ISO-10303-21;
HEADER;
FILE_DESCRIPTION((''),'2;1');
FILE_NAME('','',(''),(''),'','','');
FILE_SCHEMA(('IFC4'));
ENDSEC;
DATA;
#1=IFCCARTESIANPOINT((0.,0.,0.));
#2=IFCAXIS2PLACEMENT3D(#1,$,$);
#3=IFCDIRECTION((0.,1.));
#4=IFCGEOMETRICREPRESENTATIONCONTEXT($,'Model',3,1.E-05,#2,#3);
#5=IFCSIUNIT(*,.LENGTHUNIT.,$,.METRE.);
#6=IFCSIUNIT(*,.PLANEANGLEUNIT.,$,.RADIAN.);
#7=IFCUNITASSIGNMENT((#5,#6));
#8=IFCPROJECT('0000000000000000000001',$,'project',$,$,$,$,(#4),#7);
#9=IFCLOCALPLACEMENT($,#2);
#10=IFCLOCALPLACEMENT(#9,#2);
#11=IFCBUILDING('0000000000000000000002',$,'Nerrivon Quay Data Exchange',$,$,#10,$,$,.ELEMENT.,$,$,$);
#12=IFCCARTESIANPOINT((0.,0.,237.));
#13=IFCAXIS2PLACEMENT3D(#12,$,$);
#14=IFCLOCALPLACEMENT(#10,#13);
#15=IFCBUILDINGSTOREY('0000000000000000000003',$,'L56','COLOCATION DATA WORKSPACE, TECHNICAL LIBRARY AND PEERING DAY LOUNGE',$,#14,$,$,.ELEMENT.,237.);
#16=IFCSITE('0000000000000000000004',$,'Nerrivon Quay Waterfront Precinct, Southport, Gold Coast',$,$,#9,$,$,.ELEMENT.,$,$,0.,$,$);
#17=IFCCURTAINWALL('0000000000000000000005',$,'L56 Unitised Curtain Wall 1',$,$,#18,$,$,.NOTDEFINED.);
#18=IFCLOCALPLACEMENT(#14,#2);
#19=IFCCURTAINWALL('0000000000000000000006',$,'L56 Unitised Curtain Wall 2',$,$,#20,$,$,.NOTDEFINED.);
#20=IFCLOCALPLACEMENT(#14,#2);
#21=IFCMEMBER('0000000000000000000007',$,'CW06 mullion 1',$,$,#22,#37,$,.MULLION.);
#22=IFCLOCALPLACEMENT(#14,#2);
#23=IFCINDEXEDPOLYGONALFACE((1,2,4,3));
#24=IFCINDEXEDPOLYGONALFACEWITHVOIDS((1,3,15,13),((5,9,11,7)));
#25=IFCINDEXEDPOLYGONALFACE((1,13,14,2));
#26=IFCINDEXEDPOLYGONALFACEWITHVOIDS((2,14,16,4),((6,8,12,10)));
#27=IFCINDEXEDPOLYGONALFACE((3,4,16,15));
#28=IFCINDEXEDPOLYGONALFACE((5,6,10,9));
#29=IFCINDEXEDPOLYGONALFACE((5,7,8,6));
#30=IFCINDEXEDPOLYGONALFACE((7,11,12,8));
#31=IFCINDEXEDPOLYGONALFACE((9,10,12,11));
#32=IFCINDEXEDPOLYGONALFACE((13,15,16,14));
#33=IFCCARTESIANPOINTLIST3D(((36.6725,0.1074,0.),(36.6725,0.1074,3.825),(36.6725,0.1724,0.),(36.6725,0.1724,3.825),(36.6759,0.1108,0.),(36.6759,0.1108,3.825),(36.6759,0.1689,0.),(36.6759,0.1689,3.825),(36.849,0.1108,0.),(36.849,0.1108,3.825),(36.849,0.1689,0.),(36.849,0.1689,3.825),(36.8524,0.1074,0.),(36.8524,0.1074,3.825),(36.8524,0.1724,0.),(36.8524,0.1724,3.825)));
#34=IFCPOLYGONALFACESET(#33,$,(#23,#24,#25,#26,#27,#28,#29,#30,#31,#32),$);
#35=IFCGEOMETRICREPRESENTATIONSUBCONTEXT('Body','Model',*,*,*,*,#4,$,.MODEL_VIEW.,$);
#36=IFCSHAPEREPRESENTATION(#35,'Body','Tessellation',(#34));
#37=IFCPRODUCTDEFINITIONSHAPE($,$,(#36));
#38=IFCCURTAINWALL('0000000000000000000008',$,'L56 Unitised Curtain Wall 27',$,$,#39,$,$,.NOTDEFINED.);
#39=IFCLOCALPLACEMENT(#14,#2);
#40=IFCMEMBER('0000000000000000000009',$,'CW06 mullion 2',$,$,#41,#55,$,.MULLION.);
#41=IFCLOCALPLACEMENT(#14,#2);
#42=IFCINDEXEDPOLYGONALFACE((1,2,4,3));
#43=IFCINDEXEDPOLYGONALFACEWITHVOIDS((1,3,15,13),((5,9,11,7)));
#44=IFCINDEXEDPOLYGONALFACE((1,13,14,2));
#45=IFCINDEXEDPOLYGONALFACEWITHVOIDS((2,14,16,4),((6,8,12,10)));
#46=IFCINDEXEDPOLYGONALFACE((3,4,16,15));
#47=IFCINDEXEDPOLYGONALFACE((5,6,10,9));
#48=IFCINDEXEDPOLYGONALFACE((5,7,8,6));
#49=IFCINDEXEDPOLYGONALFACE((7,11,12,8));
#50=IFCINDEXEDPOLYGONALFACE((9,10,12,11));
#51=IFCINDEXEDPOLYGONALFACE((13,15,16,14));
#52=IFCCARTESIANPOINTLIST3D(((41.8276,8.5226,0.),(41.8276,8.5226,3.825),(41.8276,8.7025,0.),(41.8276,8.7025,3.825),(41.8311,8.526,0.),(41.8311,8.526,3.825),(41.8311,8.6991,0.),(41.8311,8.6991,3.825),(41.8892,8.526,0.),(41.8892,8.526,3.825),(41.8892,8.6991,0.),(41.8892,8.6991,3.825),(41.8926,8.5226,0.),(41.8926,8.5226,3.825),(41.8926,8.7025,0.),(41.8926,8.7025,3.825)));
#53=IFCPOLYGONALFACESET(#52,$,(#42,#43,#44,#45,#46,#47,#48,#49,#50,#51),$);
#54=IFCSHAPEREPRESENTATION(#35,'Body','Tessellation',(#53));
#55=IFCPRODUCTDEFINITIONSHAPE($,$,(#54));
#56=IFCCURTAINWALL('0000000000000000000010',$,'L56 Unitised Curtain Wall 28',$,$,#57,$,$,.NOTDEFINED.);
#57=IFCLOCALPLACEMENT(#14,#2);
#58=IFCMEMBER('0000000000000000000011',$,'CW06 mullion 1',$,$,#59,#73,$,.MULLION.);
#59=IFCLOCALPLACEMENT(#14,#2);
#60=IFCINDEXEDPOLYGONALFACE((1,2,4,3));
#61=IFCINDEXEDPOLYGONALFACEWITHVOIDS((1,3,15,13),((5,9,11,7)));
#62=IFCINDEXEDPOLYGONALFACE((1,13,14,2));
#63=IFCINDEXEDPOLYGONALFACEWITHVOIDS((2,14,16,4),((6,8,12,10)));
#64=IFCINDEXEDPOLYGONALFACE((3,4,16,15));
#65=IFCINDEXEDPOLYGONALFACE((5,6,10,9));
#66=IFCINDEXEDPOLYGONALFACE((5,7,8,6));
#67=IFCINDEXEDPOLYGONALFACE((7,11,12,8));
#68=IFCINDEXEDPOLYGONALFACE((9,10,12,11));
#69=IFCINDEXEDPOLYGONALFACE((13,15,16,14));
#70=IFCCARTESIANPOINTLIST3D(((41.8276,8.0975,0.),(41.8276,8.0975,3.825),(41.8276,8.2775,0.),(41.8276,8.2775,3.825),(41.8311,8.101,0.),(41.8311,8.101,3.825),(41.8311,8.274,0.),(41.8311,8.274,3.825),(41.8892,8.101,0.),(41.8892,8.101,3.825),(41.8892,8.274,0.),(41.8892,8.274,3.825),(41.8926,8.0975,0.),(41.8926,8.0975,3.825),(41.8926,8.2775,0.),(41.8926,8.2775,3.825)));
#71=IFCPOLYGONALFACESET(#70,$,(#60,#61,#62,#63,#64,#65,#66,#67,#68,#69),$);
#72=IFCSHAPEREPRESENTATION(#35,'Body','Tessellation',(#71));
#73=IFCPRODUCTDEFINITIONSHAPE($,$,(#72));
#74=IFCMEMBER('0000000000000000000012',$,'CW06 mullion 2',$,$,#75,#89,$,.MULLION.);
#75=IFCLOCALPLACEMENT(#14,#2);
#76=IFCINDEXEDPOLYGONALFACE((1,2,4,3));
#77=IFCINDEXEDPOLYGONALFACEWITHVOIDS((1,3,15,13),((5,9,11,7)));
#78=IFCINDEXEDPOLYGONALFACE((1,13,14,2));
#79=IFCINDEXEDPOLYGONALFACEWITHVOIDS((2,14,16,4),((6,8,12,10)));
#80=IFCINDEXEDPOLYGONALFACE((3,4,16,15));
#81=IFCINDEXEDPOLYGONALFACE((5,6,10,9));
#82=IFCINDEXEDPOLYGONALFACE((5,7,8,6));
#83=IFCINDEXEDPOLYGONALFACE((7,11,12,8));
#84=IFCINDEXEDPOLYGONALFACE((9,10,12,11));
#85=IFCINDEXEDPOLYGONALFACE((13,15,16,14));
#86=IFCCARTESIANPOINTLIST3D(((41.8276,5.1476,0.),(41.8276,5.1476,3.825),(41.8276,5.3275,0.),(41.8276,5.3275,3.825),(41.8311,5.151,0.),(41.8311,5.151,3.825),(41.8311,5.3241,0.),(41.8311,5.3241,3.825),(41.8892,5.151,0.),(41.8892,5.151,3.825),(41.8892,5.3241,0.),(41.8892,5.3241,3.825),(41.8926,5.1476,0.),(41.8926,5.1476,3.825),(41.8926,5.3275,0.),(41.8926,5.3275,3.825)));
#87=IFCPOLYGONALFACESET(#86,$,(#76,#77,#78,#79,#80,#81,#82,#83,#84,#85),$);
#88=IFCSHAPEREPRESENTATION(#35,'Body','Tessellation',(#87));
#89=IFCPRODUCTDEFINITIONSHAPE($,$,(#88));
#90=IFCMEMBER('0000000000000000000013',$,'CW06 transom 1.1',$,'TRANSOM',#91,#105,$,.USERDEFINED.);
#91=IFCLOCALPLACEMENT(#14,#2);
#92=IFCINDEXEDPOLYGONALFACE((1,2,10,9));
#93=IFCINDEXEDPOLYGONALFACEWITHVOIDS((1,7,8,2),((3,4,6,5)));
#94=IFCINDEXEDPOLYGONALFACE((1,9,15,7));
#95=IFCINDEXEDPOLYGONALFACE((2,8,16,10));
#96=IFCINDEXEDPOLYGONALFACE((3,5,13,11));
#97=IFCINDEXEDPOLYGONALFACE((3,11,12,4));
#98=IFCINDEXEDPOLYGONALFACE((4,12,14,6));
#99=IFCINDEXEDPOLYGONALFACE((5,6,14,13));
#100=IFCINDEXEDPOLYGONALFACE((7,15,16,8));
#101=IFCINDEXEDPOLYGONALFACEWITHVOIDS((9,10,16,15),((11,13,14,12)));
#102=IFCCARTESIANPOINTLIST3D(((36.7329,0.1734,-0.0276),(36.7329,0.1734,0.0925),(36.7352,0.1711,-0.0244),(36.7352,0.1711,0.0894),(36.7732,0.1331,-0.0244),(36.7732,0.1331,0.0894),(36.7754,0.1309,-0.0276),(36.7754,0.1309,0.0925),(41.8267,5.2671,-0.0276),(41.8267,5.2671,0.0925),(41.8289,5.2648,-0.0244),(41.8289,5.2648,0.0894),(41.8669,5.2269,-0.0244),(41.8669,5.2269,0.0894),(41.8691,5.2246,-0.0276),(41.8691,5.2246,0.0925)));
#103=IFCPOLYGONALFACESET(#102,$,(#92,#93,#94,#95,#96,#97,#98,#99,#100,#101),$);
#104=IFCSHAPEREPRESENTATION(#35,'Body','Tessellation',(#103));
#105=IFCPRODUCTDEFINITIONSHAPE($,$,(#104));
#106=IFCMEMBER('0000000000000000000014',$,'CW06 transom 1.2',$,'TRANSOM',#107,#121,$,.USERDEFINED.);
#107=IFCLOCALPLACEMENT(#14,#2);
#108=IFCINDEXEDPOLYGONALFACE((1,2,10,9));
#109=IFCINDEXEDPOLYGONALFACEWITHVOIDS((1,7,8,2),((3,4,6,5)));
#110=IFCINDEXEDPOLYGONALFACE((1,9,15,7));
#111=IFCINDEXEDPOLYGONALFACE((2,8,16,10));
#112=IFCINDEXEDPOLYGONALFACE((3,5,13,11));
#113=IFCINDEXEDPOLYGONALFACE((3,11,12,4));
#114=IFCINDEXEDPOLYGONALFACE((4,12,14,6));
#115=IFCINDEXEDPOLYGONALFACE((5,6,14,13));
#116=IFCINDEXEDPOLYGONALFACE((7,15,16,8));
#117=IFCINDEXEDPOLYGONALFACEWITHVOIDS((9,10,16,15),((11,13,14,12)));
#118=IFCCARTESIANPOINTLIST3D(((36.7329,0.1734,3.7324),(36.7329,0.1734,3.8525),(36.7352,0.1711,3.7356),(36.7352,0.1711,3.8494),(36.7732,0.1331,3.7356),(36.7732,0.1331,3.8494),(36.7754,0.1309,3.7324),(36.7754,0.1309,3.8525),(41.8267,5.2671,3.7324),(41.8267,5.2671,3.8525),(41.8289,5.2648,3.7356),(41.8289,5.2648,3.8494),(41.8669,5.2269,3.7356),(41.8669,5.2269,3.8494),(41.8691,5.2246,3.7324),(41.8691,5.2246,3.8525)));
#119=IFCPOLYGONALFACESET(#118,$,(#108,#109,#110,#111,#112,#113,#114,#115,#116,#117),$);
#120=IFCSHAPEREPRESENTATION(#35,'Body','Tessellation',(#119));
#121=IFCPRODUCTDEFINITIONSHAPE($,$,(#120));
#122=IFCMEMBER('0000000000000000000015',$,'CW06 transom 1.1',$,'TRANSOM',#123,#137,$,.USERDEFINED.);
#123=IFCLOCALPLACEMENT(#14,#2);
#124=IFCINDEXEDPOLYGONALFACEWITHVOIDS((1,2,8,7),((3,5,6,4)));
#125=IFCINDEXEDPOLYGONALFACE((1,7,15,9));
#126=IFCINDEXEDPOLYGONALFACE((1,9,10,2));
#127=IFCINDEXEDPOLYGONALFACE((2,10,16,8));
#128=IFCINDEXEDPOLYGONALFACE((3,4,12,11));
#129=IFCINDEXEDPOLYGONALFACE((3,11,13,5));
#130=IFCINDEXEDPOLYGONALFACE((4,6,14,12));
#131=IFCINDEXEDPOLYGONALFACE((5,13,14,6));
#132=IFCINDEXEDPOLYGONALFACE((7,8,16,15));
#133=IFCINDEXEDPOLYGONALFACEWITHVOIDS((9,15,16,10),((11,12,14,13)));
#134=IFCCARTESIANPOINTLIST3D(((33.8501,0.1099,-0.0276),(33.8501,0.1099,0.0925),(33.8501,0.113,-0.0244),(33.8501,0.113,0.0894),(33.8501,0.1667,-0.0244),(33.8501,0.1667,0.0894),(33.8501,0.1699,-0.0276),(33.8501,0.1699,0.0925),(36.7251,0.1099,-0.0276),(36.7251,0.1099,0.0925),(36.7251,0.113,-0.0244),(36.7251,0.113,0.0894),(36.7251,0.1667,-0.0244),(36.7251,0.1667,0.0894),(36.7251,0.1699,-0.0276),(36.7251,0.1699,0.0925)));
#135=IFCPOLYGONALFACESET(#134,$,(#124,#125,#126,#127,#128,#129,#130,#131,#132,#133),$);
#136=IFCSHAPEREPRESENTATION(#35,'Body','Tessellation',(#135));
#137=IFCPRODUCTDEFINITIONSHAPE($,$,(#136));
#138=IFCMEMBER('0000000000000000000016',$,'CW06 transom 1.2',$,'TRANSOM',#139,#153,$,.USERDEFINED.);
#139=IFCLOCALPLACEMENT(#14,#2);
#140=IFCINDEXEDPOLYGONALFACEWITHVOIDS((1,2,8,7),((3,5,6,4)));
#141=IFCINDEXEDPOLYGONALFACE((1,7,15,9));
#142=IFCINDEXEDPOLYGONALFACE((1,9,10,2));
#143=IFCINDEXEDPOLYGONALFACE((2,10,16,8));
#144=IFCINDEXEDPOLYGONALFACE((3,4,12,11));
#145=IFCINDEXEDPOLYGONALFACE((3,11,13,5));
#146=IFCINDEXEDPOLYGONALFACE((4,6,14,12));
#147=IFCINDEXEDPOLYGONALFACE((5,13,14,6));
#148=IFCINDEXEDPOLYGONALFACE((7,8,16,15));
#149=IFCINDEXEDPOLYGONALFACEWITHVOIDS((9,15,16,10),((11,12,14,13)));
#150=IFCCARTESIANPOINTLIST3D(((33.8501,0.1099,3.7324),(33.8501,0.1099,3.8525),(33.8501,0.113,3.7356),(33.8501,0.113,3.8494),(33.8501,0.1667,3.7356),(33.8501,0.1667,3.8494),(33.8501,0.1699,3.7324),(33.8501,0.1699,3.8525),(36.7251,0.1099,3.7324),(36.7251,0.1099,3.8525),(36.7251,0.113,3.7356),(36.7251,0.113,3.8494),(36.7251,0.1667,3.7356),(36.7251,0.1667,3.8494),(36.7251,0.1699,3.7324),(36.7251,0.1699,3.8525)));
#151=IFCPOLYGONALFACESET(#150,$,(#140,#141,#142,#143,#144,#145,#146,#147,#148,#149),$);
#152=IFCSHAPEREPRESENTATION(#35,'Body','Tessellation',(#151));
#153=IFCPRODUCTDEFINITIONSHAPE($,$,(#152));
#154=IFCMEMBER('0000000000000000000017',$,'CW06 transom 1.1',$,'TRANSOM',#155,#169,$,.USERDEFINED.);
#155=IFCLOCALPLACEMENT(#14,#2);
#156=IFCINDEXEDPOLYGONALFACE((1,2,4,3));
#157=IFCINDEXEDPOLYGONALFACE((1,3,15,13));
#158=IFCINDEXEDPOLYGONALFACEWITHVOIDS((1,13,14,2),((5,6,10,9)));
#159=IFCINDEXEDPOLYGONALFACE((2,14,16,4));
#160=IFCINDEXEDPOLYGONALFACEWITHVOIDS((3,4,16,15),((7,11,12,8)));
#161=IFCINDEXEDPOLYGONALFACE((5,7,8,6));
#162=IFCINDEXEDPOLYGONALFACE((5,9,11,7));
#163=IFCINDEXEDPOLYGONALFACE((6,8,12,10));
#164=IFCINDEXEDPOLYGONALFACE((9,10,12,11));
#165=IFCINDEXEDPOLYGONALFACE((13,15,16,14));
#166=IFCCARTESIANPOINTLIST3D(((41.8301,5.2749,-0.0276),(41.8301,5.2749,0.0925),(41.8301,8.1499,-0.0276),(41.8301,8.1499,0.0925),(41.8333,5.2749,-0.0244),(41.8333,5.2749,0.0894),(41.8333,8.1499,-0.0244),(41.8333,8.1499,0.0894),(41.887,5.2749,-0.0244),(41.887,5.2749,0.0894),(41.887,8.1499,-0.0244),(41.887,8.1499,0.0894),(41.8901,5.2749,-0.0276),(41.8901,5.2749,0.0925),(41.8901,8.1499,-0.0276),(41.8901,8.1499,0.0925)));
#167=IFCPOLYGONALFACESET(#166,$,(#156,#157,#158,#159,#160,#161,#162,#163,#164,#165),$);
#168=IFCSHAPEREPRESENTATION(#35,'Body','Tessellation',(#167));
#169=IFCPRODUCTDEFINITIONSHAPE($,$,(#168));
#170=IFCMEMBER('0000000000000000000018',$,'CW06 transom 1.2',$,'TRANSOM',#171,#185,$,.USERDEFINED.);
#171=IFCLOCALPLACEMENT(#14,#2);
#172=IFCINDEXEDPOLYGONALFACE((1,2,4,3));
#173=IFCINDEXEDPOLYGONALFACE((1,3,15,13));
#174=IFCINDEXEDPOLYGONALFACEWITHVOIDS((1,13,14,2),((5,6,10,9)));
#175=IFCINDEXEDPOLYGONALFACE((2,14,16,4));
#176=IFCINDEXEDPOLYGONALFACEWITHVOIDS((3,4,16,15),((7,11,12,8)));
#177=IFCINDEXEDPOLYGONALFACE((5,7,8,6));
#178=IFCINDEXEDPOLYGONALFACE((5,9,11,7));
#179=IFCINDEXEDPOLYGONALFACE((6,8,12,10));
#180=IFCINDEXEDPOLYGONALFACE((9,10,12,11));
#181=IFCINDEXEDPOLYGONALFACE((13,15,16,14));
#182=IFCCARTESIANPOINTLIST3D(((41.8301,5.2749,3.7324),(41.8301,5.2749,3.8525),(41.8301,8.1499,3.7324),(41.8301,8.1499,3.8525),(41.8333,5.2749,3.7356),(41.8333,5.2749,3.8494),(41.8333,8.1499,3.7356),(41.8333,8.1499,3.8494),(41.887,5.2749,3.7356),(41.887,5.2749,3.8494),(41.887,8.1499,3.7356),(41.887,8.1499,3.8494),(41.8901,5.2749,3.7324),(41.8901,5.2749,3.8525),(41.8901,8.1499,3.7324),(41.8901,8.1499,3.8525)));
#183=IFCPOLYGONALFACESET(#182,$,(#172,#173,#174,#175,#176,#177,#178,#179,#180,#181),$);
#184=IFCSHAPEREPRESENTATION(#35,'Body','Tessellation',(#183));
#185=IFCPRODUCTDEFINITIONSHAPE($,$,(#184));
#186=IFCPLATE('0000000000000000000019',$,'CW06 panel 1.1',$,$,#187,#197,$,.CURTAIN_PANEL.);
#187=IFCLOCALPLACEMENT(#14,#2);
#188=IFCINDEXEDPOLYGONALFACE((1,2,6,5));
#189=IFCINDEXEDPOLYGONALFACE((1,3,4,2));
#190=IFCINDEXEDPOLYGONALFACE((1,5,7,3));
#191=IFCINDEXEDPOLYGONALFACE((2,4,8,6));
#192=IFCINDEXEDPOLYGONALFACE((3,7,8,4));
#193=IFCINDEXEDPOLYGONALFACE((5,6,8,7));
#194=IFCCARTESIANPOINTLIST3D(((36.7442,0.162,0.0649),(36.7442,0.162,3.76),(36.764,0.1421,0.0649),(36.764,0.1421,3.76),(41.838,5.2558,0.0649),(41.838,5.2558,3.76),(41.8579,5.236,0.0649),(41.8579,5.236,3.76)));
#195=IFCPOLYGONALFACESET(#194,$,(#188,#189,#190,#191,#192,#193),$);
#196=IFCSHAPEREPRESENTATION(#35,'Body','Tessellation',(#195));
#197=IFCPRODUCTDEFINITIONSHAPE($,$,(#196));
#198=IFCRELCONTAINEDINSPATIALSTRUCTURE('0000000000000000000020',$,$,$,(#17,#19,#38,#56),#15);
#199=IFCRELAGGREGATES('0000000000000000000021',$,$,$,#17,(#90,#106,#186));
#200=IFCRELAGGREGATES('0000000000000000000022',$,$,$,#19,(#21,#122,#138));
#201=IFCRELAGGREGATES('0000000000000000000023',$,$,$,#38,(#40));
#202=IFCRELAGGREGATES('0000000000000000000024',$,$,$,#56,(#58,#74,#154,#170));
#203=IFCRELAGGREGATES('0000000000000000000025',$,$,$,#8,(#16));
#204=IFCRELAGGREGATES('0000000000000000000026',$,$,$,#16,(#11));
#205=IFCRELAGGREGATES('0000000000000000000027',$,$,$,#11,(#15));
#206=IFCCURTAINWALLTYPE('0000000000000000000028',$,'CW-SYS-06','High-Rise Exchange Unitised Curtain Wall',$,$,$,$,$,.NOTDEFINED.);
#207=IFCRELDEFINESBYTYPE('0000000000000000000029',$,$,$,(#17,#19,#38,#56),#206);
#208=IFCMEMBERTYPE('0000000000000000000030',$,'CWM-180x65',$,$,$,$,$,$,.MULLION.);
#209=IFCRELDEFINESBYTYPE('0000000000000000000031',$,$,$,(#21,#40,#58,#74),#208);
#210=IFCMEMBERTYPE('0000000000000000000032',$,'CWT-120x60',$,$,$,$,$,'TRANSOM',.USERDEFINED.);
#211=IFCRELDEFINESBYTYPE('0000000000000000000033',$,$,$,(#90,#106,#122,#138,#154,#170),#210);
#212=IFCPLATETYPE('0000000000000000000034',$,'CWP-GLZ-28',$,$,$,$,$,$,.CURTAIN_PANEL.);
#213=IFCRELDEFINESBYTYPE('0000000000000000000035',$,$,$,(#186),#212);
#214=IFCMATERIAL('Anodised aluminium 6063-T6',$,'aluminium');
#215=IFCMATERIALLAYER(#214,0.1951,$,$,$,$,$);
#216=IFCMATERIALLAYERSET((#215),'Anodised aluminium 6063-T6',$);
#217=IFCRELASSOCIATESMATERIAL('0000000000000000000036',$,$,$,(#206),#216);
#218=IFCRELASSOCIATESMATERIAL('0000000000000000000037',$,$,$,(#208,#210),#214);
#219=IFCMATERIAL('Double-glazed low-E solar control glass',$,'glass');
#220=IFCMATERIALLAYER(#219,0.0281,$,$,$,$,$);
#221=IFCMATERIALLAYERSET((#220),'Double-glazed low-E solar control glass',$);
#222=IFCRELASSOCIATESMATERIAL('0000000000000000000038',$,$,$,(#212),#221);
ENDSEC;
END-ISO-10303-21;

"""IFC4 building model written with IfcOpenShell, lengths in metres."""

from ifc_helpers import new_model, si_unit, direction, frame, origin, origin_2d, place, context, subcontext, project, spatial, rectangle, hollow_rectangle, extrude, material, layer, layer_set, material_profile, profile_set, type_object, element, aggregate, save


model = new_model("IFC4")

# Units and contexts
model_context = context("Model", 3, precision=1e-05, world=origin(), true_north=direction((0.0, 1.0)))
body_context = subcontext(model_context, "Body", "Model", "MODEL_VIEW")
ifc_project = project(units=[si_unit("LENGTHUNIT", "METRE"), si_unit("PLANEANGLEUNIT", "RADIAN")], contexts=[model_context])

# Site, building, storey
site_placement = place(None, origin())
site = spatial("IfcSite", under=ifc_project, at=site_placement, Name="Nerrivon Quay Waterfront Precinct, Southport, Gold Coast", CompositionType="ELEMENT", RefElevation=0.0)
building_placement = place(site_placement, origin())
building = spatial("IfcBuilding", under=site, at=building_placement, Name="Nerrivon Quay Data Exchange", CompositionType="ELEMENT")
storey_placement = place(building_placement, frame((0.0, 0.0, 237.0)))
storey = spatial("IfcBuildingStorey", under=building, at=storey_placement, Name="L56", Description="COLOCATION DATA WORKSPACE, TECHNICAL LIBRARY AND PEERING DAY LOUNGE", CompositionType="ELEMENT", Elevation=237.0)

# Curtain wall
ifc_material_1 = material(Name="Anodised aluminium 6063-T6", Category="aluminium")
ifc_layer_1 = layer(ifc_material_1, 0.1951)
ifc_layer_set_1 = layer_set([ifc_layer_1], Name="Anodised aluminium 6063-T6")
curtain_wall_type = type_object("IfcCurtainWallType", Name="CW-SYS-06", Description="High-Rise Exchange Unitised Curtain Wall", PredefinedType="NOTDEFINED", material=ifc_layer_set_1)
curtain_wall_1_placement = place(storey_placement, origin())
curtain_wall_1 = element("IfcCurtainWall", 1, at=curtain_wall_1_placement, inside=storey, type_object=curtain_wall_type, Name="L56 Unitised Curtain Wall 1", PredefinedType="NOTDEFINED")
ifc_material_profile_1 = material_profile(ifc_material_1, hollow_rectangle(XDim=0.0649, YDim=0.1799, WallThickness=0.0034, at=origin_2d()), Name="ALU-MULL-180x65")
ifc_profile_set_1 = profile_set([ifc_material_profile_1], Name="Anodised aluminium 6063-T6")
member_type_1 = type_object("IfcMemberType", Name="CWM-180x65", PredefinedType="MULLION", material=ifc_profile_set_1)

# Curtain walls, members
curtain_wall_2_placement = place(storey_placement, origin())
curtain_wall_2 = element("IfcCurtainWall", 2, at=curtain_wall_2_placement, inside=storey, type_object=curtain_wall_type, Name="L56 Unitised Curtain Wall 2", PredefinedType="NOTDEFINED")
member_1_placement = place(storey_placement, frame((36.7625, 0.1399, 0.0), z_axis=(0.0, 0.0, 1.0), x_axis=(0.0, -1.0, 0.0)))
member_1 = element("IfcMember", 3, at=member_1_placement, type_object=member_type_1, Name="CW06 mullion 1", PredefinedType="MULLION", context=body_context, shape_type="SweptSolid", body=[
    extrude(hollow_rectangle(XDim=0.0649, YDim=0.1799, WallThickness=0.0034, at=origin_2d()), origin(), (0.0, 0.0, 1.0), 3.825),
])
curtain_wall_3_placement = place(storey_placement, origin())
curtain_wall_3 = element("IfcCurtainWall", 4, at=curtain_wall_3_placement, inside=storey, type_object=curtain_wall_type, Name="L56 Unitised Curtain Wall 27", PredefinedType="NOTDEFINED")
member_2_placement = place(storey_placement, frame((41.8601, 8.6125, 0.0), z_axis=(0.0, 0.0, 1.0), x_axis=(1.0, 0.0, 0.0)))
member_2 = element("IfcMember", 5, at=member_2_placement, type_object=member_type_1, Name="CW06 mullion 2", PredefinedType="MULLION", context=body_context, shape_type="SweptSolid", body=[
    extrude(hollow_rectangle(XDim=0.0649, YDim=0.1799, WallThickness=0.0034, at=origin_2d()), origin(), (0.0, 0.0, 1.0), 3.825),
])

# Curtain wall, members
curtain_wall_4_placement = place(storey_placement, origin())
curtain_wall_4 = element("IfcCurtainWall", 6, at=curtain_wall_4_placement, inside=storey, type_object=curtain_wall_type, Name="L56 Unitised Curtain Wall 28", PredefinedType="NOTDEFINED")
member_3_placement = place(storey_placement, frame((41.8601, 8.1875, 0.0), z_axis=(0.0, 0.0, 1.0), x_axis=(1.0, 0.0, 0.0)))
member_3 = element("IfcMember", 7, at=member_3_placement, type_object=member_type_1, Name="CW06 mullion 1", PredefinedType="MULLION", context=body_context, shape_type="SweptSolid", body=[
    extrude(hollow_rectangle(XDim=0.0649, YDim=0.1799, WallThickness=0.0034, at=origin_2d()), origin(), (0.0, 0.0, 1.0), 3.825),
])
member_4_placement = place(storey_placement, frame((41.8601, 5.2375, 0.0), z_axis=(0.0, 0.0, 1.0), x_axis=(1.0, 0.0, 0.0)))
member_4 = element("IfcMember", 8, at=member_4_placement, type_object=member_type_1, Name="CW06 mullion 2", PredefinedType="MULLION", context=body_context, shape_type="SweptSolid", body=[
    extrude(hollow_rectangle(XDim=0.0649, YDim=0.1799, WallThickness=0.0034, at=origin_2d()), origin(), (0.0, 0.0, 1.0), 3.825),
])

# Members
ifc_material_profile_2 = material_profile(ifc_material_1, hollow_rectangle(XDim=0.0601, YDim=0.1201, WallThickness=0.0032, at=origin_2d()), Name="ALU-TRAN-120x60")
ifc_profile_set_2 = profile_set([ifc_material_profile_2], Name="Anodised aluminium 6063-T6")
member_type_2 = type_object("IfcMemberType", Name="CWT-120x60", ElementType="TRANSOM", PredefinedType="USERDEFINED", material=ifc_profile_set_2)
member_5_placement = place(storey_placement, frame((41.8479, 5.2458, 0.0325), z_axis=(-0.707107, -0.707107, 0.0), x_axis=(0.707107, -0.707107, 0.0)))
member_5 = element("IfcMember", 9, at=member_5_placement, type_object=member_type_2, Name="CW06 transom 1.1", ObjectType="TRANSOM", PredefinedType="USERDEFINED", context=body_context, shape_type="SweptSolid", body=[
    extrude(hollow_rectangle(XDim=0.0601, YDim=0.1201, WallThickness=0.0032, at=origin_2d()), origin(), (0.0, 0.0, 1.0), 7.2036),
])
member_6_placement = place(storey_placement, frame((41.8479, 5.2458, 3.7925), z_axis=(-0.707107, -0.707107, 0.0), x_axis=(0.707107, -0.707107, 0.0)))
member_6 = element("IfcMember", 10, at=member_6_placement, type_object=member_type_2, Name="CW06 transom 1.2", ObjectType="TRANSOM", PredefinedType="USERDEFINED", context=body_context, shape_type="SweptSolid", body=[
    extrude(hollow_rectangle(XDim=0.0601, YDim=0.1201, WallThickness=0.0032, at=origin_2d()), origin(), (0.0, 0.0, 1.0), 7.2036),
])
member_7_placement = place(storey_placement, frame((36.7251, 0.1399, 0.0325), z_axis=(-1.0, 0.0, 0.0), x_axis=(0.0, -1.0, 0.0)))
member_7 = element("IfcMember", 11, at=member_7_placement, type_object=member_type_2, Name="CW06 transom 1.1", ObjectType="TRANSOM", PredefinedType="USERDEFINED", context=body_context, shape_type="SweptSolid", body=[
    extrude(hollow_rectangle(XDim=0.0601, YDim=0.1201, WallThickness=0.0032, at=origin_2d()), origin(), (0.0, 0.0, 1.0), 2.875),
])
member_8_placement = place(storey_placement, frame((36.7251, 0.1399, 3.7925), z_axis=(-1.0, 0.0, 0.0), x_axis=(0.0, -1.0, 0.0)))
member_8 = element("IfcMember", 12, at=member_8_placement, type_object=member_type_2, Name="CW06 transom 1.2", ObjectType="TRANSOM", PredefinedType="USERDEFINED", context=body_context, shape_type="SweptSolid", body=[
    extrude(hollow_rectangle(XDim=0.0601, YDim=0.1201, WallThickness=0.0032, at=origin_2d()), origin(), (0.0, 0.0, 1.0), 2.875),
])
member_9_placement = place(storey_placement, frame((41.8601, 8.1499, 0.0325), z_axis=(0.0, -1.0, 0.0), x_axis=(1.0, 0.0, 0.0)))
member_9 = element("IfcMember", 13, at=member_9_placement, type_object=member_type_2, Name="CW06 transom 1.1", ObjectType="TRANSOM", PredefinedType="USERDEFINED", context=body_context, shape_type="SweptSolid", body=[
    extrude(hollow_rectangle(XDim=0.0601, YDim=0.1201, WallThickness=0.0032, at=origin_2d()), origin(), (0.0, 0.0, 1.0), 2.875),
])
member_10_placement = place(storey_placement, frame((41.8601, 8.1499, 3.7925), z_axis=(0.0, -1.0, 0.0), x_axis=(1.0, 0.0, 0.0)))
member_10 = element("IfcMember", 14, at=member_10_placement, type_object=member_type_2, Name="CW06 transom 1.2", ObjectType="TRANSOM", PredefinedType="USERDEFINED", context=body_context, shape_type="SweptSolid", body=[
    extrude(hollow_rectangle(XDim=0.0601, YDim=0.1201, WallThickness=0.0032, at=origin_2d()), origin(), (0.0, 0.0, 1.0), 2.875),
])

# Plate
ifc_material_2 = material(Name="Double-glazed low-E solar control glass", Category="glass")
ifc_layer_2 = layer(ifc_material_2, 0.0281)
ifc_layer_set_2 = layer_set([ifc_layer_2], Name="Double-glazed low-E solar control glass")
plate_type = type_object("IfcPlateType", Name="CWP-GLZ-28", PredefinedType="CURTAIN_PANEL", material=ifc_layer_set_2)
plate_1_placement = place(storey_placement, frame((39.301, 2.699, 0.0649), z_axis=(0.0, 0.0, 1.0), x_axis=(-0.707107, -0.707107, 0.0)))
plate_1 = element("IfcPlate", 15, at=plate_1_placement, type_object=plate_type, Name="CW06 panel 1.1", PredefinedType="CURTAIN_PANEL", context=body_context, shape_type="SweptSolid", body=[
    extrude(rectangle(XDim=7.2039, YDim=0.0281, at=origin_2d()), origin(), (0.0, 0.0, 1.0), 3.6951),
])
aggregate(curtain_wall_1, [member_5, member_6, plate_1])
aggregate(curtain_wall_2, [member_1, member_7, member_8])
aggregate(curtain_wall_3, [member_2])
aggregate(curtain_wall_4, [member_3, member_4, member_9, member_10])

save(model, "model.ifc")
